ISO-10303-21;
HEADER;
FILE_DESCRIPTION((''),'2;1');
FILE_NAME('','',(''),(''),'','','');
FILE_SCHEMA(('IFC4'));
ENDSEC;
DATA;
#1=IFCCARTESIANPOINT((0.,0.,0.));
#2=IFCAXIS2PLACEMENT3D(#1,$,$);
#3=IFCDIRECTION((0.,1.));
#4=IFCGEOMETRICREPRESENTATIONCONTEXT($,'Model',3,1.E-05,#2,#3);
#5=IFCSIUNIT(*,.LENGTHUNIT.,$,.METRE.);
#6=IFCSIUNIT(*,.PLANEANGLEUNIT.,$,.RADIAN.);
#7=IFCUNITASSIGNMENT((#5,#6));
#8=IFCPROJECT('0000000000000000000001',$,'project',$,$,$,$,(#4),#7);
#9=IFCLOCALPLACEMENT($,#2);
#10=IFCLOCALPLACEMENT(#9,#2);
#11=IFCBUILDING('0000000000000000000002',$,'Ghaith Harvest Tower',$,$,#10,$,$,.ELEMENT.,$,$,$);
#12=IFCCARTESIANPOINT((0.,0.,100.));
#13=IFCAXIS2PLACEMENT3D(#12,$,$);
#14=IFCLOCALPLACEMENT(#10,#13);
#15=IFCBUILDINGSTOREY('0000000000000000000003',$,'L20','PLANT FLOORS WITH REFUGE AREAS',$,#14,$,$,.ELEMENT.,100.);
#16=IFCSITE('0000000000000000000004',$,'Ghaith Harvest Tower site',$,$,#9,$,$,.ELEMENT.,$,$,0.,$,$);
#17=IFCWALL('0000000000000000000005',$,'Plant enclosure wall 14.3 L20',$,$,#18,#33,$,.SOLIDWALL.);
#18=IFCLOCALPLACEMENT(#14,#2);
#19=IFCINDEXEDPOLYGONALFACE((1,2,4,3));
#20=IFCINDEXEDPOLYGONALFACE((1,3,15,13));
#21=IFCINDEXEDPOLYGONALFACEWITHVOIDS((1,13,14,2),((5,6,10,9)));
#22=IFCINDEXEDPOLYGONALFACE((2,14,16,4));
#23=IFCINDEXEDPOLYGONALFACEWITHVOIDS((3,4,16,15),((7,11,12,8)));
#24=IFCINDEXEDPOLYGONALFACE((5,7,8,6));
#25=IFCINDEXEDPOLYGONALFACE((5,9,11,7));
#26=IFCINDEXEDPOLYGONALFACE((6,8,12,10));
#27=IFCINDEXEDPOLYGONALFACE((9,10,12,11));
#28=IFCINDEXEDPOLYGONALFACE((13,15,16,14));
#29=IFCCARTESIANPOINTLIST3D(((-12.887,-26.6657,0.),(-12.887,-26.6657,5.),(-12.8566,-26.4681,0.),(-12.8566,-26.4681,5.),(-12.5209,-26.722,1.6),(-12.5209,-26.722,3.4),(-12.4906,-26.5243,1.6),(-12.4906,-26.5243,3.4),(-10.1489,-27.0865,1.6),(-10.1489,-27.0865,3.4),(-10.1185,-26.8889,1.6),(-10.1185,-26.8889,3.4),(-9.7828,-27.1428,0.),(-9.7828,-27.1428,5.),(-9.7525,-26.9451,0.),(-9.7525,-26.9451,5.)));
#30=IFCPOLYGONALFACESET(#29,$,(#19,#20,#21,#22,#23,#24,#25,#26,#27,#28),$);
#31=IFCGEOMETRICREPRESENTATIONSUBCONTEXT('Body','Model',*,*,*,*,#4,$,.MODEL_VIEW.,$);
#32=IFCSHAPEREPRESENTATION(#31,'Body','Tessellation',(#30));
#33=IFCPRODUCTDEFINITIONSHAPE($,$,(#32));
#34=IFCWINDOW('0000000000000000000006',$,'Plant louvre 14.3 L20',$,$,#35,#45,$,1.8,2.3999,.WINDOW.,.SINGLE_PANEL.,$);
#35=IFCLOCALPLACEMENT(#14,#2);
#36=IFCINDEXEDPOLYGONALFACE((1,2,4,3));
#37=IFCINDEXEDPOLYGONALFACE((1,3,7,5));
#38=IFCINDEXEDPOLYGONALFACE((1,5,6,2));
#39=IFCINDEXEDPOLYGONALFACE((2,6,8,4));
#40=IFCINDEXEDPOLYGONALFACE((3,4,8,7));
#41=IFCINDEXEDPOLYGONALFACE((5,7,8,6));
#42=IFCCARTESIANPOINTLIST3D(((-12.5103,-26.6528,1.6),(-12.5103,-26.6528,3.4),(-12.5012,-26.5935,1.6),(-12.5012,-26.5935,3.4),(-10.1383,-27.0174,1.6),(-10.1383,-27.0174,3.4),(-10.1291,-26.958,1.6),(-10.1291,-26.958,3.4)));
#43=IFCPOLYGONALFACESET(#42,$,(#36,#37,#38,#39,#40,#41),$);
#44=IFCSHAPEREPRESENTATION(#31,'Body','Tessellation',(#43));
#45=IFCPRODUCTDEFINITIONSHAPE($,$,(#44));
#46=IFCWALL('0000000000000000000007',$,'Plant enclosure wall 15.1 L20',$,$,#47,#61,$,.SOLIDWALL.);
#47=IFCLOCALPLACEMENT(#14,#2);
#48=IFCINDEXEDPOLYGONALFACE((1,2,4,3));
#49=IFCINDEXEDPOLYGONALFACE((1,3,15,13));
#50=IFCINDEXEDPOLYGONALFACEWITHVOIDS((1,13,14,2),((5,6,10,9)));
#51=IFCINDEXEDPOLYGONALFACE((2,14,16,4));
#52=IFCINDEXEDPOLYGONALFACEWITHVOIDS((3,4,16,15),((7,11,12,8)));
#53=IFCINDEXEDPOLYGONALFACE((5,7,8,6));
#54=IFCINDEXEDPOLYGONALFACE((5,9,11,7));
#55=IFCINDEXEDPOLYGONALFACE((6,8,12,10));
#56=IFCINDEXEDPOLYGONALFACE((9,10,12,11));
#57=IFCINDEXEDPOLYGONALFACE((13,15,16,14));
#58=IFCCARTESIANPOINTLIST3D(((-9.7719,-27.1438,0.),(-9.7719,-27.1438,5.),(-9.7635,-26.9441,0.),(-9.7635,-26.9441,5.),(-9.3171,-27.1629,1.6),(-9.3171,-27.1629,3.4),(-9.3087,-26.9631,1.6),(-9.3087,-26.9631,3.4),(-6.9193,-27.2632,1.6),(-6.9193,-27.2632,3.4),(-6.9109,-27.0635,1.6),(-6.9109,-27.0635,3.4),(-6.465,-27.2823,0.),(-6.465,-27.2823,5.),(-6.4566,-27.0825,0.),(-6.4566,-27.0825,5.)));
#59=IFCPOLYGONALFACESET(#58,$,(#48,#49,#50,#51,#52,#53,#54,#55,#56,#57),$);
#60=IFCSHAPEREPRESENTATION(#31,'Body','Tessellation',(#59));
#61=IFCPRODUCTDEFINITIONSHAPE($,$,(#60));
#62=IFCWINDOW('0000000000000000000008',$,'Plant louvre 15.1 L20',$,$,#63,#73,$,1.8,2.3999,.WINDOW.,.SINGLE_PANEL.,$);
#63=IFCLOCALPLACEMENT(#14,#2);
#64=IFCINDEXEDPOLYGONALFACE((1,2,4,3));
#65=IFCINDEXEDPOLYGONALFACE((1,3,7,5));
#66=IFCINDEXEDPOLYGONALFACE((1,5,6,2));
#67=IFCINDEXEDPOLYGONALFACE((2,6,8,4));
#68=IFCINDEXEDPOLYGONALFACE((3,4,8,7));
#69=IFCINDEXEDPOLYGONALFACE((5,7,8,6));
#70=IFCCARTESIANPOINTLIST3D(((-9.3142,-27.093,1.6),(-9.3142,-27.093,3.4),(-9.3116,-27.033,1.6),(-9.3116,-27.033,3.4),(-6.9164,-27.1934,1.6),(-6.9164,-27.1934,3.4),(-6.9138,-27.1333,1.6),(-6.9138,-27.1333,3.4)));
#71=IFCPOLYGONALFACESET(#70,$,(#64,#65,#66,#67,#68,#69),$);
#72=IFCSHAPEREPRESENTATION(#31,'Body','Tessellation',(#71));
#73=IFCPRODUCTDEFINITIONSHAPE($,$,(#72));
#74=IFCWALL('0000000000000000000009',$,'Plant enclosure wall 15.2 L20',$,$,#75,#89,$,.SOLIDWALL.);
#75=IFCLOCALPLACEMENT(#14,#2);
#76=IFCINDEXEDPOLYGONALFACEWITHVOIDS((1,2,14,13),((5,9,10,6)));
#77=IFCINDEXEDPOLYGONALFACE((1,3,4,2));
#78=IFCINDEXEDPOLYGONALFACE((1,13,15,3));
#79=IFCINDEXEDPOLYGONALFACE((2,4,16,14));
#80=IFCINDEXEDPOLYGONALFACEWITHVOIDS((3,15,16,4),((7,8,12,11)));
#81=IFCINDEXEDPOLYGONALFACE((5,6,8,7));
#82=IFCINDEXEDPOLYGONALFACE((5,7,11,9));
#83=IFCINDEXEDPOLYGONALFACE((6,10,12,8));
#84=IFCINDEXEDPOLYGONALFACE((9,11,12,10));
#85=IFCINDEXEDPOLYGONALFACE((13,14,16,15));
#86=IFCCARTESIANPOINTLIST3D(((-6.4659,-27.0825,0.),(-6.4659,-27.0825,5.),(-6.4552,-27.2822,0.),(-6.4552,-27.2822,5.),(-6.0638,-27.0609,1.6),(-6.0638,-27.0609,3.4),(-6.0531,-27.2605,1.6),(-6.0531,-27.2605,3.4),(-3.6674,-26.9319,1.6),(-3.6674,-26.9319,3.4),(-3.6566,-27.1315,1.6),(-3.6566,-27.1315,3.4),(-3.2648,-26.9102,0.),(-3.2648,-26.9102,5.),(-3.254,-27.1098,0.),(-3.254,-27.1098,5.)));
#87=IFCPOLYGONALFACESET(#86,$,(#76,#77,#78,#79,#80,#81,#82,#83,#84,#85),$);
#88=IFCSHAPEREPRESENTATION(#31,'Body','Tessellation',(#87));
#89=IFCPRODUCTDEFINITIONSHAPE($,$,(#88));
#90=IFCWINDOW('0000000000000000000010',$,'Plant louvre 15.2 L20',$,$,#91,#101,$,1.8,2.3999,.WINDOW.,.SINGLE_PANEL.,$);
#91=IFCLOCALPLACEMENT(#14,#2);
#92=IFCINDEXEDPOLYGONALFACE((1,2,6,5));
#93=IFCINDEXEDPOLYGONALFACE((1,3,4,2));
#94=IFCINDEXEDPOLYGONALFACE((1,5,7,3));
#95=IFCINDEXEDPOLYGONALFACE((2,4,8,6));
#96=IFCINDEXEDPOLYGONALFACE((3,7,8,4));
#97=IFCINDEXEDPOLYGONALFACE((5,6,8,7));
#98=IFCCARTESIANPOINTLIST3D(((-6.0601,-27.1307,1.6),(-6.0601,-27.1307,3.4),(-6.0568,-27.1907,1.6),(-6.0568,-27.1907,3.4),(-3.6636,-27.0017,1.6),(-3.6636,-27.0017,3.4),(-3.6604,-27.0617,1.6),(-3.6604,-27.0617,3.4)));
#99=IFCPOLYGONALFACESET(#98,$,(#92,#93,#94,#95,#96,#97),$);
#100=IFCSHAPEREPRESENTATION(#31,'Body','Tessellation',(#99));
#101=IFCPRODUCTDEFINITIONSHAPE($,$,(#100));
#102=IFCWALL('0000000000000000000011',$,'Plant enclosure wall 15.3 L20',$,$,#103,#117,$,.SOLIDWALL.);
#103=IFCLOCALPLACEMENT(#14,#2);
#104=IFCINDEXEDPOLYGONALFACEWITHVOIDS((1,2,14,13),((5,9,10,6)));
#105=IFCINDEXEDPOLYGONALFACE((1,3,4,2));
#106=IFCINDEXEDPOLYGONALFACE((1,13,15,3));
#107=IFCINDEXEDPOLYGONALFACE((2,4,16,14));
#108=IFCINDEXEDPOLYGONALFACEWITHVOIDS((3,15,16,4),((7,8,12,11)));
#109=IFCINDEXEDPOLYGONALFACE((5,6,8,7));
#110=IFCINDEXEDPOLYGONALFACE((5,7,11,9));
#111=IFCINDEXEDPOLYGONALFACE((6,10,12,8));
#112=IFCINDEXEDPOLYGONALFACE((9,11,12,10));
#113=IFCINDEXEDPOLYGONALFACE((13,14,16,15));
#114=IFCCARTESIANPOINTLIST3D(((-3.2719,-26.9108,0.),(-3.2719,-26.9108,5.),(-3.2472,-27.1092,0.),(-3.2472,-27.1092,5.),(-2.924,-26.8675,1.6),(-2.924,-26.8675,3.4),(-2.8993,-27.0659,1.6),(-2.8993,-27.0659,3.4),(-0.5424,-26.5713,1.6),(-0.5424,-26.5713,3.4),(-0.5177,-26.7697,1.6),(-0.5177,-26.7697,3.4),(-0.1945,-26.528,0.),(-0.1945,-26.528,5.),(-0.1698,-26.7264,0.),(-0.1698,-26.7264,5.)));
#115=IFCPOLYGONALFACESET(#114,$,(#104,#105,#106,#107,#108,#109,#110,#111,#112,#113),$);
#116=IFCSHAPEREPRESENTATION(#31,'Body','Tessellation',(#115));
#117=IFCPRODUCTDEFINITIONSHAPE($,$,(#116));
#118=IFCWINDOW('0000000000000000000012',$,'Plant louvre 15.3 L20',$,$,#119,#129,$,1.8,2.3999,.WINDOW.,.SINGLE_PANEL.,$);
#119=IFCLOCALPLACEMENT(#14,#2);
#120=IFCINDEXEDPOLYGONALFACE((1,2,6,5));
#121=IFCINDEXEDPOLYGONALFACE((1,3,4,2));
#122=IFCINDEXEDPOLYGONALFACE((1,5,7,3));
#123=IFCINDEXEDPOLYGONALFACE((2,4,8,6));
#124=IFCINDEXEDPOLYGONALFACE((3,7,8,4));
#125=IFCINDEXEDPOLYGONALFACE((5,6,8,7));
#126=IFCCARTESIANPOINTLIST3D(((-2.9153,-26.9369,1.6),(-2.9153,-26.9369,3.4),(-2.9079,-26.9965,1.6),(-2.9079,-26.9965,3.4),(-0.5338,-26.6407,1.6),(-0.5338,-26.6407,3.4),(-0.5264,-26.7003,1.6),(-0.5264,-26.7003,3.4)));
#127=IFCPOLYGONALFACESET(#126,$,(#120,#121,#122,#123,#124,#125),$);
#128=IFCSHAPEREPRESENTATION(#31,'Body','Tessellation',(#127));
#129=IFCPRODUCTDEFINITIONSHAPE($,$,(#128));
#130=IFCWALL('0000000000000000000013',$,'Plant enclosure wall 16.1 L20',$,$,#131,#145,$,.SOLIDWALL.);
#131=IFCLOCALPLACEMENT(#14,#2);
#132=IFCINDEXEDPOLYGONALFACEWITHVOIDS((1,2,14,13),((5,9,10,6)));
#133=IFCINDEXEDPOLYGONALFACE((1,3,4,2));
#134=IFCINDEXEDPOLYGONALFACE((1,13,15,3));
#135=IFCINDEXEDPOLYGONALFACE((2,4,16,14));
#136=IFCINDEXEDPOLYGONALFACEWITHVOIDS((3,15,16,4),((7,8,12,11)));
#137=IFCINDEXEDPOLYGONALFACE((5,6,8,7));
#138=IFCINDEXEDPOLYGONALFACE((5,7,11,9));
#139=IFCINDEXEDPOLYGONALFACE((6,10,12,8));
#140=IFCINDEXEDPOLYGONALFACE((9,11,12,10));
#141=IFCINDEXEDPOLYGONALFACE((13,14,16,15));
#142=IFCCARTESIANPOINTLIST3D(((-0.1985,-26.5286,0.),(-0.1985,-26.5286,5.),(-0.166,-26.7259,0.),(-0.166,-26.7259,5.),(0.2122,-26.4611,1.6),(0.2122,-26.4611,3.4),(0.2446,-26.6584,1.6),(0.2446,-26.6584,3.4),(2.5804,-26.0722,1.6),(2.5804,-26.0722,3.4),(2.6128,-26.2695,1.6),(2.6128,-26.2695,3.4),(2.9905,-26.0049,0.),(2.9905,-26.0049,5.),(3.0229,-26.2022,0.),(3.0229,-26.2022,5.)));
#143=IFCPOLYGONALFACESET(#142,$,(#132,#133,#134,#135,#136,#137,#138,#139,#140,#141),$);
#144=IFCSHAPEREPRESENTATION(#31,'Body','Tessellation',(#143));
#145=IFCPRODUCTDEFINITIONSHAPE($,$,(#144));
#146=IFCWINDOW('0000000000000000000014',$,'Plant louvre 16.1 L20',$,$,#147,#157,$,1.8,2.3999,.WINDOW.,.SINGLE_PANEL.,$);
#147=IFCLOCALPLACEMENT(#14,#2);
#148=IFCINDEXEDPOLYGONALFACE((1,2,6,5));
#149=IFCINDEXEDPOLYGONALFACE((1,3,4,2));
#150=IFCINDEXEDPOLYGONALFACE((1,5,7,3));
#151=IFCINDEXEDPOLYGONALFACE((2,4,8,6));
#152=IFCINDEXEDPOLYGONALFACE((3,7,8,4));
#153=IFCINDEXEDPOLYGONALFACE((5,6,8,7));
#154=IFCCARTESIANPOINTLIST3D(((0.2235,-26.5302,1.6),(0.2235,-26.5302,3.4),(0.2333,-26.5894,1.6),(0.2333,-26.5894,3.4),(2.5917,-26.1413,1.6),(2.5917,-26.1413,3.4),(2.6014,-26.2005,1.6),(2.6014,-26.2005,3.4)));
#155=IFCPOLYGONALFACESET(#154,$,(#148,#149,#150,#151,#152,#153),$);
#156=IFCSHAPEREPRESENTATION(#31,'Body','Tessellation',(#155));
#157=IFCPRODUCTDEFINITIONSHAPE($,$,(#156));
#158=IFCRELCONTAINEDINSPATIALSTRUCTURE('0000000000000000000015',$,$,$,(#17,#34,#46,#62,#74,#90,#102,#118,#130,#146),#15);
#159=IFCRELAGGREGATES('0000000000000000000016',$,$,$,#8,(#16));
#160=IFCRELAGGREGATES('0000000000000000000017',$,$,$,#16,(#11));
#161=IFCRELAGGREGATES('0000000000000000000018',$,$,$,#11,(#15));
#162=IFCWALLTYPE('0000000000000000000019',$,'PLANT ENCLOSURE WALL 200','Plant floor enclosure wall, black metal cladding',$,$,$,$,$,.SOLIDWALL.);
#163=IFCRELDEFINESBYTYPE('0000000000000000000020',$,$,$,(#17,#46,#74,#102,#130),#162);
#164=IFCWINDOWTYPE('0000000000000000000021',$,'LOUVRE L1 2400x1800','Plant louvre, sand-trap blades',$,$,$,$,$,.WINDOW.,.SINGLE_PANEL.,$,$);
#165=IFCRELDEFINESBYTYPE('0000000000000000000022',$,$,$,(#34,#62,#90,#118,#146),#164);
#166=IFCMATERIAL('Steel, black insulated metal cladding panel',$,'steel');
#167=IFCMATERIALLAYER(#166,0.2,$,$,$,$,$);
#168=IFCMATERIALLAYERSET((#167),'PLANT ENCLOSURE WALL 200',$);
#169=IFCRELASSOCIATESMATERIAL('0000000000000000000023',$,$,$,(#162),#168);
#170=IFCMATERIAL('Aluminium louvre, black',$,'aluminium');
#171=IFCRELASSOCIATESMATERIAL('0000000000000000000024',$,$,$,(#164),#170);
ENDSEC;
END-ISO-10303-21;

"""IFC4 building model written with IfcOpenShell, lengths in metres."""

from ifc_helpers import new_model, si_unit, direction, frame, frame_2d, origin, place, context, subcontext, project, spatial, rectangle, extrude, material, layer, layer_set, type_object, element, fill, save


model = new_model("IFC4")

# Units and contexts
model_context = context("Model", 3, precision=1e-05, world=origin(), true_north=direction((0.0, 1.0)))
body_context = subcontext(model_context, "Body", "Model", "MODEL_VIEW")
ifc_project = project(units=[si_unit("LENGTHUNIT", "METRE"), si_unit("PLANEANGLEUNIT", "RADIAN")], contexts=[model_context])

# Site, building, storey
site_placement = place(None, origin())
site = spatial("IfcSite", under=ifc_project, at=site_placement, Name="Ghaith Harvest Tower site", CompositionType="ELEMENT", RefElevation=0.0)
building_placement = place(site_placement, origin())
building = spatial("IfcBuilding", under=site, at=building_placement, Name="Ghaith Harvest Tower", CompositionType="ELEMENT")
storey_placement = place(building_placement, frame((0.0, 0.0, 100.0)))
storey = spatial("IfcBuildingStorey", under=building, at=storey_placement, Name="L20", Description="PLANT FLOORS WITH REFUGE AREAS", CompositionType="ELEMENT", Elevation=100.0)

# Walls, openings, windows
ifc_material_1 = material(Name="Steel, black insulated metal cladding panel", Category="steel")
ifc_layer_1 = layer(ifc_material_1, 0.2)
ifc_layer_set_1 = layer_set([ifc_layer_1], Name="PLANT ENCLOSURE WALL 200")
wall_type = type_object("IfcWallType", Name="PLANT ENCLOSURE WALL 200", Description="Plant floor enclosure wall, black metal cladding", PredefinedType="SOLIDWALL", material=ifc_layer_set_1)
wall_1_placement = place(storey_placement, frame((-12.8718, -26.5669, 0.0), z_axis=(0.0, 0.0, 1.0), x_axis=(0.988397, -0.151894, 0.0)))
wall_1 = element("IfcWall", 1, at=wall_1_placement, inside=storey, type_object=wall_type, Name="Plant enclosure wall 14.3 L20", PredefinedType="SOLIDWALL", context=body_context, shape_type="SweptSolid", body=[
    extrude(rectangle(XDim=3.1406, YDim=0.2, at=frame_2d((1.5703, 0.0))), origin(), (0.0, 0.0, 1.0), 5.0),
])
opening_1_placement = place(wall_1_placement, frame((0.3704, 0.0, 1.6001)))
opening_1 = element("IfcOpeningElement", 2, at=opening_1_placement, cuts=wall_1, PredefinedType="OPENING", context=body_context, shape_type="SweptSolid", body=[
    extrude(rectangle(XDim=2.3999, YDim=1.8, at=frame_2d((1.2, 0.8999))), frame((0.0, 0.1099, 0.0), z_axis=(0.0, -1.0, 0.0), x_axis=(1.0, 0.0, 0.0)), (0.0, 0.0, 1.0), 0.22),
])
ifc_material_2 = material(Name="Aluminium louvre, black", Category="aluminium")
window_type = type_object("IfcWindowType", Name="LOUVRE L1 2400x1800", Description="Plant louvre, sand-trap blades", PartitioningType="SINGLE_PANEL", PredefinedType="WINDOW", material=ifc_material_2)
window_1_placement = place(opening_1_placement, origin())
window_1 = element("IfcWindow", 3, at=window_1_placement, inside=storey, type_object=window_type, Name="Plant louvre 14.3 L20", OverallHeight=1.8, OverallWidth=2.3999, PartitioningType="SINGLE_PANEL", PredefinedType="WINDOW", context=body_context, shape_type="SweptSolid", body=[
    extrude(rectangle(XDim=2.3999, YDim=1.8, at=frame_2d((1.2, 0.8999))), frame((0.0, 0.03, 0.0), z_axis=(0.0, -1.0, 0.0), x_axis=(1.0, 0.0, 0.0)), (0.0, 0.0, 1.0), 0.0601),
])
fill(opening_1, window_1)
wall_2_placement = place(storey_placement, frame((-9.7676, -27.0439, 0.0), z_axis=(0.0, 0.0, 1.0), x_axis=(0.999125, -0.041824, 0.0)))
wall_2 = element("IfcWall", 4, at=wall_2_placement, inside=storey, type_object=wall_type, Name="Plant enclosure wall 15.1 L20", PredefinedType="SOLIDWALL", context=body_context, shape_type="SweptSolid", body=[
    extrude(rectangle(XDim=3.3098, YDim=0.2, at=frame_2d((1.6548, 0.0))), origin(), (0.0, 0.0, 1.0), 5.0),
])
opening_2_placement = place(wall_2_placement, frame((0.4551, 0.0, 1.6001)))
opening_2 = element("IfcOpeningElement", 5, at=opening_2_placement, cuts=wall_2, PredefinedType="OPENING", context=body_context, shape_type="SweptSolid", body=[
    extrude(rectangle(XDim=2.3999, YDim=1.8, at=frame_2d((1.2, 0.8999))), frame((0.0, 0.1099, 0.0), z_axis=(0.0, -1.0, 0.0), x_axis=(1.0, 0.0, 0.0)), (0.0, 0.0, 1.0), 0.22),
])
window_2_placement = place(opening_2_placement, origin())
window_2 = element("IfcWindow", 6, at=window_2_placement, inside=storey, type_object=window_type, Name="Plant louvre 15.1 L20", OverallHeight=1.8, OverallWidth=2.3999, PartitioningType="SINGLE_PANEL", PredefinedType="WINDOW", context=body_context, shape_type="SweptSolid", body=[
    extrude(rectangle(XDim=2.3999, YDim=1.8, at=frame_2d((1.2, 0.8999))), frame((0.0, 0.03, 0.0), z_axis=(0.0, -1.0, 0.0), x_axis=(1.0, 0.0, 0.0)), (0.0, 0.0, 1.0), 0.0601),
])
fill(opening_2, window_2)
wall_3_placement = place(storey_placement, frame((-6.4607, -27.1824, 0.0), z_axis=(0.0, 0.0, 1.0), x_axis=(0.998554, 0.053766, 0.0)))
wall_3 = element("IfcWall", 7, at=wall_3_placement, inside=storey, type_object=wall_type, Name="Plant enclosure wall 15.2 L20", PredefinedType="SOLIDWALL", context=body_context, shape_type="SweptSolid", body=[
    extrude(rectangle(XDim=3.2058, YDim=0.2, at=frame_2d((1.603, 0.0))), origin(), (0.0, 0.0, 1.0), 5.0),
])
opening_3_placement = place(wall_3_placement, frame((0.4028, 0.0, 1.6001)))
opening_3 = element("IfcOpeningElement", 8, at=opening_3_placement, cuts=wall_3, PredefinedType="OPENING", context=body_context, shape_type="SweptSolid", body=[
    extrude(rectangle(XDim=2.3999, YDim=1.8, at=frame_2d((1.2, 0.8999))), frame((0.0, 0.1099, 0.0), z_axis=(0.0, -1.0, 0.0), x_axis=(1.0, 0.0, 0.0)), (0.0, 0.0, 1.0), 0.22),
])
window_3_placement = place(opening_3_placement, origin())
window_3 = element("IfcWindow", 9, at=window_3_placement, inside=storey, type_object=window_type, Name="Plant louvre 15.2 L20", OverallHeight=1.8, OverallWidth=2.3999, PartitioningType="SINGLE_PANEL", PredefinedType="WINDOW", context=body_context, shape_type="SweptSolid", body=[
    extrude(rectangle(XDim=2.3999, YDim=1.8, at=frame_2d((1.2, 0.8999))), frame((0.0, 0.03, 0.0), z_axis=(0.0, -1.0, 0.0), x_axis=(1.0, 0.0, 0.0)), (0.0, 0.0, 1.0), 0.0601),
])
fill(opening_3, window_3)
wall_4_placement = place(storey_placement, frame((-3.2595, -27.01, 0.0), z_axis=(0.0, 0.0, 1.0), x_axis=(0.992352, 0.123444, 0.0)))
wall_4 = element("IfcWall", 10, at=wall_4_placement, inside=storey, type_object=wall_type, Name="Plant enclosure wall 15.3 L20", PredefinedType="SOLIDWALL", context=body_context, shape_type="SweptSolid", body=[
    extrude(rectangle(XDim=3.1011, YDim=0.2, at=frame_2d((1.5505, 0.0))), origin(), (0.0, 0.0, 1.0), 5.0),
])
opening_4_placement = place(wall_4_placement, frame((0.3506, 0.0, 1.6001)))
opening_4 = element("IfcOpeningElement", 11, at=opening_4_placement, cuts=wall_4, PredefinedType="OPENING", context=body_context, shape_type="SweptSolid", body=[
    extrude(rectangle(XDim=2.3999, YDim=1.8, at=frame_2d((1.2, 0.8999))), frame((0.0, 0.1099, 0.0), z_axis=(0.0, -1.0, 0.0), x_axis=(1.0, 0.0, 0.0)), (0.0, 0.0, 1.0), 0.22),
])
window_4_placement = place(opening_4_placement, origin())
window_4 = element("IfcWindow", 12, at=window_4_placement, inside=storey, type_object=window_type, Name="Plant louvre 15.3 L20", OverallHeight=1.8, OverallWidth=2.3999, PartitioningType="SINGLE_PANEL", PredefinedType="WINDOW", context=body_context, shape_type="SweptSolid", body=[
    extrude(rectangle(XDim=2.3999, YDim=1.8, at=frame_2d((1.2, 0.8999))), frame((0.0, 0.03, 0.0), z_axis=(0.0, -1.0, 0.0), x_axis=(1.0, 0.0, 0.0)), (0.0, 0.0, 1.0), 0.0601),
])
fill(opening_4, window_4)
wall_5_placement = place(storey_placement, frame((-0.1821, -26.6272, 0.0), z_axis=(0.0, 0.0, 1.0), x_axis=(0.986783, 0.162046, 0.0)))
wall_5 = element("IfcWall", 13, at=wall_5_placement, inside=storey, type_object=wall_type, Name="Plant enclosure wall 16.1 L20", PredefinedType="SOLIDWALL", context=body_context, shape_type="SweptSolid", body=[
    extrude(rectangle(XDim=3.2317, YDim=0.2, at=frame_2d((1.6157, 0.0))), origin(), (0.0, 0.0, 1.0), 5.0),
])
opening_5_placement = place(wall_5_placement, frame((0.416, 0.0, 1.6001)))
opening_5 = element("IfcOpeningElement", 14, at=opening_5_placement, cuts=wall_5, PredefinedType="OPENING", context=body_context, shape_type="SweptSolid", body=[
    extrude(rectangle(XDim=2.3999, YDim=1.8, at=frame_2d((1.2, 0.8999))), frame((0.0, 0.1099, 0.0), z_axis=(0.0, -1.0, 0.0), x_axis=(1.0, 0.0, 0.0)), (0.0, 0.0, 1.0), 0.22),
])
window_5_placement = place(opening_5_placement, origin())
window_5 = element("IfcWindow", 15, at=window_5_placement, inside=storey, type_object=window_type, Name="Plant louvre 16.1 L20", OverallHeight=1.8, OverallWidth=2.3999, PartitioningType="SINGLE_PANEL", PredefinedType="WINDOW", context=body_context, shape_type="SweptSolid", body=[
    extrude(rectangle(XDim=2.3999, YDim=1.8, at=frame_2d((1.2, 0.8999))), frame((0.0, 0.03, 0.0), z_axis=(0.0, -1.0, 0.0), x_axis=(1.0, 0.0, 0.0)), (0.0, 0.0, 1.0), 0.0601),
])
fill(opening_5, window_5)

save(model, "model.ifc")
